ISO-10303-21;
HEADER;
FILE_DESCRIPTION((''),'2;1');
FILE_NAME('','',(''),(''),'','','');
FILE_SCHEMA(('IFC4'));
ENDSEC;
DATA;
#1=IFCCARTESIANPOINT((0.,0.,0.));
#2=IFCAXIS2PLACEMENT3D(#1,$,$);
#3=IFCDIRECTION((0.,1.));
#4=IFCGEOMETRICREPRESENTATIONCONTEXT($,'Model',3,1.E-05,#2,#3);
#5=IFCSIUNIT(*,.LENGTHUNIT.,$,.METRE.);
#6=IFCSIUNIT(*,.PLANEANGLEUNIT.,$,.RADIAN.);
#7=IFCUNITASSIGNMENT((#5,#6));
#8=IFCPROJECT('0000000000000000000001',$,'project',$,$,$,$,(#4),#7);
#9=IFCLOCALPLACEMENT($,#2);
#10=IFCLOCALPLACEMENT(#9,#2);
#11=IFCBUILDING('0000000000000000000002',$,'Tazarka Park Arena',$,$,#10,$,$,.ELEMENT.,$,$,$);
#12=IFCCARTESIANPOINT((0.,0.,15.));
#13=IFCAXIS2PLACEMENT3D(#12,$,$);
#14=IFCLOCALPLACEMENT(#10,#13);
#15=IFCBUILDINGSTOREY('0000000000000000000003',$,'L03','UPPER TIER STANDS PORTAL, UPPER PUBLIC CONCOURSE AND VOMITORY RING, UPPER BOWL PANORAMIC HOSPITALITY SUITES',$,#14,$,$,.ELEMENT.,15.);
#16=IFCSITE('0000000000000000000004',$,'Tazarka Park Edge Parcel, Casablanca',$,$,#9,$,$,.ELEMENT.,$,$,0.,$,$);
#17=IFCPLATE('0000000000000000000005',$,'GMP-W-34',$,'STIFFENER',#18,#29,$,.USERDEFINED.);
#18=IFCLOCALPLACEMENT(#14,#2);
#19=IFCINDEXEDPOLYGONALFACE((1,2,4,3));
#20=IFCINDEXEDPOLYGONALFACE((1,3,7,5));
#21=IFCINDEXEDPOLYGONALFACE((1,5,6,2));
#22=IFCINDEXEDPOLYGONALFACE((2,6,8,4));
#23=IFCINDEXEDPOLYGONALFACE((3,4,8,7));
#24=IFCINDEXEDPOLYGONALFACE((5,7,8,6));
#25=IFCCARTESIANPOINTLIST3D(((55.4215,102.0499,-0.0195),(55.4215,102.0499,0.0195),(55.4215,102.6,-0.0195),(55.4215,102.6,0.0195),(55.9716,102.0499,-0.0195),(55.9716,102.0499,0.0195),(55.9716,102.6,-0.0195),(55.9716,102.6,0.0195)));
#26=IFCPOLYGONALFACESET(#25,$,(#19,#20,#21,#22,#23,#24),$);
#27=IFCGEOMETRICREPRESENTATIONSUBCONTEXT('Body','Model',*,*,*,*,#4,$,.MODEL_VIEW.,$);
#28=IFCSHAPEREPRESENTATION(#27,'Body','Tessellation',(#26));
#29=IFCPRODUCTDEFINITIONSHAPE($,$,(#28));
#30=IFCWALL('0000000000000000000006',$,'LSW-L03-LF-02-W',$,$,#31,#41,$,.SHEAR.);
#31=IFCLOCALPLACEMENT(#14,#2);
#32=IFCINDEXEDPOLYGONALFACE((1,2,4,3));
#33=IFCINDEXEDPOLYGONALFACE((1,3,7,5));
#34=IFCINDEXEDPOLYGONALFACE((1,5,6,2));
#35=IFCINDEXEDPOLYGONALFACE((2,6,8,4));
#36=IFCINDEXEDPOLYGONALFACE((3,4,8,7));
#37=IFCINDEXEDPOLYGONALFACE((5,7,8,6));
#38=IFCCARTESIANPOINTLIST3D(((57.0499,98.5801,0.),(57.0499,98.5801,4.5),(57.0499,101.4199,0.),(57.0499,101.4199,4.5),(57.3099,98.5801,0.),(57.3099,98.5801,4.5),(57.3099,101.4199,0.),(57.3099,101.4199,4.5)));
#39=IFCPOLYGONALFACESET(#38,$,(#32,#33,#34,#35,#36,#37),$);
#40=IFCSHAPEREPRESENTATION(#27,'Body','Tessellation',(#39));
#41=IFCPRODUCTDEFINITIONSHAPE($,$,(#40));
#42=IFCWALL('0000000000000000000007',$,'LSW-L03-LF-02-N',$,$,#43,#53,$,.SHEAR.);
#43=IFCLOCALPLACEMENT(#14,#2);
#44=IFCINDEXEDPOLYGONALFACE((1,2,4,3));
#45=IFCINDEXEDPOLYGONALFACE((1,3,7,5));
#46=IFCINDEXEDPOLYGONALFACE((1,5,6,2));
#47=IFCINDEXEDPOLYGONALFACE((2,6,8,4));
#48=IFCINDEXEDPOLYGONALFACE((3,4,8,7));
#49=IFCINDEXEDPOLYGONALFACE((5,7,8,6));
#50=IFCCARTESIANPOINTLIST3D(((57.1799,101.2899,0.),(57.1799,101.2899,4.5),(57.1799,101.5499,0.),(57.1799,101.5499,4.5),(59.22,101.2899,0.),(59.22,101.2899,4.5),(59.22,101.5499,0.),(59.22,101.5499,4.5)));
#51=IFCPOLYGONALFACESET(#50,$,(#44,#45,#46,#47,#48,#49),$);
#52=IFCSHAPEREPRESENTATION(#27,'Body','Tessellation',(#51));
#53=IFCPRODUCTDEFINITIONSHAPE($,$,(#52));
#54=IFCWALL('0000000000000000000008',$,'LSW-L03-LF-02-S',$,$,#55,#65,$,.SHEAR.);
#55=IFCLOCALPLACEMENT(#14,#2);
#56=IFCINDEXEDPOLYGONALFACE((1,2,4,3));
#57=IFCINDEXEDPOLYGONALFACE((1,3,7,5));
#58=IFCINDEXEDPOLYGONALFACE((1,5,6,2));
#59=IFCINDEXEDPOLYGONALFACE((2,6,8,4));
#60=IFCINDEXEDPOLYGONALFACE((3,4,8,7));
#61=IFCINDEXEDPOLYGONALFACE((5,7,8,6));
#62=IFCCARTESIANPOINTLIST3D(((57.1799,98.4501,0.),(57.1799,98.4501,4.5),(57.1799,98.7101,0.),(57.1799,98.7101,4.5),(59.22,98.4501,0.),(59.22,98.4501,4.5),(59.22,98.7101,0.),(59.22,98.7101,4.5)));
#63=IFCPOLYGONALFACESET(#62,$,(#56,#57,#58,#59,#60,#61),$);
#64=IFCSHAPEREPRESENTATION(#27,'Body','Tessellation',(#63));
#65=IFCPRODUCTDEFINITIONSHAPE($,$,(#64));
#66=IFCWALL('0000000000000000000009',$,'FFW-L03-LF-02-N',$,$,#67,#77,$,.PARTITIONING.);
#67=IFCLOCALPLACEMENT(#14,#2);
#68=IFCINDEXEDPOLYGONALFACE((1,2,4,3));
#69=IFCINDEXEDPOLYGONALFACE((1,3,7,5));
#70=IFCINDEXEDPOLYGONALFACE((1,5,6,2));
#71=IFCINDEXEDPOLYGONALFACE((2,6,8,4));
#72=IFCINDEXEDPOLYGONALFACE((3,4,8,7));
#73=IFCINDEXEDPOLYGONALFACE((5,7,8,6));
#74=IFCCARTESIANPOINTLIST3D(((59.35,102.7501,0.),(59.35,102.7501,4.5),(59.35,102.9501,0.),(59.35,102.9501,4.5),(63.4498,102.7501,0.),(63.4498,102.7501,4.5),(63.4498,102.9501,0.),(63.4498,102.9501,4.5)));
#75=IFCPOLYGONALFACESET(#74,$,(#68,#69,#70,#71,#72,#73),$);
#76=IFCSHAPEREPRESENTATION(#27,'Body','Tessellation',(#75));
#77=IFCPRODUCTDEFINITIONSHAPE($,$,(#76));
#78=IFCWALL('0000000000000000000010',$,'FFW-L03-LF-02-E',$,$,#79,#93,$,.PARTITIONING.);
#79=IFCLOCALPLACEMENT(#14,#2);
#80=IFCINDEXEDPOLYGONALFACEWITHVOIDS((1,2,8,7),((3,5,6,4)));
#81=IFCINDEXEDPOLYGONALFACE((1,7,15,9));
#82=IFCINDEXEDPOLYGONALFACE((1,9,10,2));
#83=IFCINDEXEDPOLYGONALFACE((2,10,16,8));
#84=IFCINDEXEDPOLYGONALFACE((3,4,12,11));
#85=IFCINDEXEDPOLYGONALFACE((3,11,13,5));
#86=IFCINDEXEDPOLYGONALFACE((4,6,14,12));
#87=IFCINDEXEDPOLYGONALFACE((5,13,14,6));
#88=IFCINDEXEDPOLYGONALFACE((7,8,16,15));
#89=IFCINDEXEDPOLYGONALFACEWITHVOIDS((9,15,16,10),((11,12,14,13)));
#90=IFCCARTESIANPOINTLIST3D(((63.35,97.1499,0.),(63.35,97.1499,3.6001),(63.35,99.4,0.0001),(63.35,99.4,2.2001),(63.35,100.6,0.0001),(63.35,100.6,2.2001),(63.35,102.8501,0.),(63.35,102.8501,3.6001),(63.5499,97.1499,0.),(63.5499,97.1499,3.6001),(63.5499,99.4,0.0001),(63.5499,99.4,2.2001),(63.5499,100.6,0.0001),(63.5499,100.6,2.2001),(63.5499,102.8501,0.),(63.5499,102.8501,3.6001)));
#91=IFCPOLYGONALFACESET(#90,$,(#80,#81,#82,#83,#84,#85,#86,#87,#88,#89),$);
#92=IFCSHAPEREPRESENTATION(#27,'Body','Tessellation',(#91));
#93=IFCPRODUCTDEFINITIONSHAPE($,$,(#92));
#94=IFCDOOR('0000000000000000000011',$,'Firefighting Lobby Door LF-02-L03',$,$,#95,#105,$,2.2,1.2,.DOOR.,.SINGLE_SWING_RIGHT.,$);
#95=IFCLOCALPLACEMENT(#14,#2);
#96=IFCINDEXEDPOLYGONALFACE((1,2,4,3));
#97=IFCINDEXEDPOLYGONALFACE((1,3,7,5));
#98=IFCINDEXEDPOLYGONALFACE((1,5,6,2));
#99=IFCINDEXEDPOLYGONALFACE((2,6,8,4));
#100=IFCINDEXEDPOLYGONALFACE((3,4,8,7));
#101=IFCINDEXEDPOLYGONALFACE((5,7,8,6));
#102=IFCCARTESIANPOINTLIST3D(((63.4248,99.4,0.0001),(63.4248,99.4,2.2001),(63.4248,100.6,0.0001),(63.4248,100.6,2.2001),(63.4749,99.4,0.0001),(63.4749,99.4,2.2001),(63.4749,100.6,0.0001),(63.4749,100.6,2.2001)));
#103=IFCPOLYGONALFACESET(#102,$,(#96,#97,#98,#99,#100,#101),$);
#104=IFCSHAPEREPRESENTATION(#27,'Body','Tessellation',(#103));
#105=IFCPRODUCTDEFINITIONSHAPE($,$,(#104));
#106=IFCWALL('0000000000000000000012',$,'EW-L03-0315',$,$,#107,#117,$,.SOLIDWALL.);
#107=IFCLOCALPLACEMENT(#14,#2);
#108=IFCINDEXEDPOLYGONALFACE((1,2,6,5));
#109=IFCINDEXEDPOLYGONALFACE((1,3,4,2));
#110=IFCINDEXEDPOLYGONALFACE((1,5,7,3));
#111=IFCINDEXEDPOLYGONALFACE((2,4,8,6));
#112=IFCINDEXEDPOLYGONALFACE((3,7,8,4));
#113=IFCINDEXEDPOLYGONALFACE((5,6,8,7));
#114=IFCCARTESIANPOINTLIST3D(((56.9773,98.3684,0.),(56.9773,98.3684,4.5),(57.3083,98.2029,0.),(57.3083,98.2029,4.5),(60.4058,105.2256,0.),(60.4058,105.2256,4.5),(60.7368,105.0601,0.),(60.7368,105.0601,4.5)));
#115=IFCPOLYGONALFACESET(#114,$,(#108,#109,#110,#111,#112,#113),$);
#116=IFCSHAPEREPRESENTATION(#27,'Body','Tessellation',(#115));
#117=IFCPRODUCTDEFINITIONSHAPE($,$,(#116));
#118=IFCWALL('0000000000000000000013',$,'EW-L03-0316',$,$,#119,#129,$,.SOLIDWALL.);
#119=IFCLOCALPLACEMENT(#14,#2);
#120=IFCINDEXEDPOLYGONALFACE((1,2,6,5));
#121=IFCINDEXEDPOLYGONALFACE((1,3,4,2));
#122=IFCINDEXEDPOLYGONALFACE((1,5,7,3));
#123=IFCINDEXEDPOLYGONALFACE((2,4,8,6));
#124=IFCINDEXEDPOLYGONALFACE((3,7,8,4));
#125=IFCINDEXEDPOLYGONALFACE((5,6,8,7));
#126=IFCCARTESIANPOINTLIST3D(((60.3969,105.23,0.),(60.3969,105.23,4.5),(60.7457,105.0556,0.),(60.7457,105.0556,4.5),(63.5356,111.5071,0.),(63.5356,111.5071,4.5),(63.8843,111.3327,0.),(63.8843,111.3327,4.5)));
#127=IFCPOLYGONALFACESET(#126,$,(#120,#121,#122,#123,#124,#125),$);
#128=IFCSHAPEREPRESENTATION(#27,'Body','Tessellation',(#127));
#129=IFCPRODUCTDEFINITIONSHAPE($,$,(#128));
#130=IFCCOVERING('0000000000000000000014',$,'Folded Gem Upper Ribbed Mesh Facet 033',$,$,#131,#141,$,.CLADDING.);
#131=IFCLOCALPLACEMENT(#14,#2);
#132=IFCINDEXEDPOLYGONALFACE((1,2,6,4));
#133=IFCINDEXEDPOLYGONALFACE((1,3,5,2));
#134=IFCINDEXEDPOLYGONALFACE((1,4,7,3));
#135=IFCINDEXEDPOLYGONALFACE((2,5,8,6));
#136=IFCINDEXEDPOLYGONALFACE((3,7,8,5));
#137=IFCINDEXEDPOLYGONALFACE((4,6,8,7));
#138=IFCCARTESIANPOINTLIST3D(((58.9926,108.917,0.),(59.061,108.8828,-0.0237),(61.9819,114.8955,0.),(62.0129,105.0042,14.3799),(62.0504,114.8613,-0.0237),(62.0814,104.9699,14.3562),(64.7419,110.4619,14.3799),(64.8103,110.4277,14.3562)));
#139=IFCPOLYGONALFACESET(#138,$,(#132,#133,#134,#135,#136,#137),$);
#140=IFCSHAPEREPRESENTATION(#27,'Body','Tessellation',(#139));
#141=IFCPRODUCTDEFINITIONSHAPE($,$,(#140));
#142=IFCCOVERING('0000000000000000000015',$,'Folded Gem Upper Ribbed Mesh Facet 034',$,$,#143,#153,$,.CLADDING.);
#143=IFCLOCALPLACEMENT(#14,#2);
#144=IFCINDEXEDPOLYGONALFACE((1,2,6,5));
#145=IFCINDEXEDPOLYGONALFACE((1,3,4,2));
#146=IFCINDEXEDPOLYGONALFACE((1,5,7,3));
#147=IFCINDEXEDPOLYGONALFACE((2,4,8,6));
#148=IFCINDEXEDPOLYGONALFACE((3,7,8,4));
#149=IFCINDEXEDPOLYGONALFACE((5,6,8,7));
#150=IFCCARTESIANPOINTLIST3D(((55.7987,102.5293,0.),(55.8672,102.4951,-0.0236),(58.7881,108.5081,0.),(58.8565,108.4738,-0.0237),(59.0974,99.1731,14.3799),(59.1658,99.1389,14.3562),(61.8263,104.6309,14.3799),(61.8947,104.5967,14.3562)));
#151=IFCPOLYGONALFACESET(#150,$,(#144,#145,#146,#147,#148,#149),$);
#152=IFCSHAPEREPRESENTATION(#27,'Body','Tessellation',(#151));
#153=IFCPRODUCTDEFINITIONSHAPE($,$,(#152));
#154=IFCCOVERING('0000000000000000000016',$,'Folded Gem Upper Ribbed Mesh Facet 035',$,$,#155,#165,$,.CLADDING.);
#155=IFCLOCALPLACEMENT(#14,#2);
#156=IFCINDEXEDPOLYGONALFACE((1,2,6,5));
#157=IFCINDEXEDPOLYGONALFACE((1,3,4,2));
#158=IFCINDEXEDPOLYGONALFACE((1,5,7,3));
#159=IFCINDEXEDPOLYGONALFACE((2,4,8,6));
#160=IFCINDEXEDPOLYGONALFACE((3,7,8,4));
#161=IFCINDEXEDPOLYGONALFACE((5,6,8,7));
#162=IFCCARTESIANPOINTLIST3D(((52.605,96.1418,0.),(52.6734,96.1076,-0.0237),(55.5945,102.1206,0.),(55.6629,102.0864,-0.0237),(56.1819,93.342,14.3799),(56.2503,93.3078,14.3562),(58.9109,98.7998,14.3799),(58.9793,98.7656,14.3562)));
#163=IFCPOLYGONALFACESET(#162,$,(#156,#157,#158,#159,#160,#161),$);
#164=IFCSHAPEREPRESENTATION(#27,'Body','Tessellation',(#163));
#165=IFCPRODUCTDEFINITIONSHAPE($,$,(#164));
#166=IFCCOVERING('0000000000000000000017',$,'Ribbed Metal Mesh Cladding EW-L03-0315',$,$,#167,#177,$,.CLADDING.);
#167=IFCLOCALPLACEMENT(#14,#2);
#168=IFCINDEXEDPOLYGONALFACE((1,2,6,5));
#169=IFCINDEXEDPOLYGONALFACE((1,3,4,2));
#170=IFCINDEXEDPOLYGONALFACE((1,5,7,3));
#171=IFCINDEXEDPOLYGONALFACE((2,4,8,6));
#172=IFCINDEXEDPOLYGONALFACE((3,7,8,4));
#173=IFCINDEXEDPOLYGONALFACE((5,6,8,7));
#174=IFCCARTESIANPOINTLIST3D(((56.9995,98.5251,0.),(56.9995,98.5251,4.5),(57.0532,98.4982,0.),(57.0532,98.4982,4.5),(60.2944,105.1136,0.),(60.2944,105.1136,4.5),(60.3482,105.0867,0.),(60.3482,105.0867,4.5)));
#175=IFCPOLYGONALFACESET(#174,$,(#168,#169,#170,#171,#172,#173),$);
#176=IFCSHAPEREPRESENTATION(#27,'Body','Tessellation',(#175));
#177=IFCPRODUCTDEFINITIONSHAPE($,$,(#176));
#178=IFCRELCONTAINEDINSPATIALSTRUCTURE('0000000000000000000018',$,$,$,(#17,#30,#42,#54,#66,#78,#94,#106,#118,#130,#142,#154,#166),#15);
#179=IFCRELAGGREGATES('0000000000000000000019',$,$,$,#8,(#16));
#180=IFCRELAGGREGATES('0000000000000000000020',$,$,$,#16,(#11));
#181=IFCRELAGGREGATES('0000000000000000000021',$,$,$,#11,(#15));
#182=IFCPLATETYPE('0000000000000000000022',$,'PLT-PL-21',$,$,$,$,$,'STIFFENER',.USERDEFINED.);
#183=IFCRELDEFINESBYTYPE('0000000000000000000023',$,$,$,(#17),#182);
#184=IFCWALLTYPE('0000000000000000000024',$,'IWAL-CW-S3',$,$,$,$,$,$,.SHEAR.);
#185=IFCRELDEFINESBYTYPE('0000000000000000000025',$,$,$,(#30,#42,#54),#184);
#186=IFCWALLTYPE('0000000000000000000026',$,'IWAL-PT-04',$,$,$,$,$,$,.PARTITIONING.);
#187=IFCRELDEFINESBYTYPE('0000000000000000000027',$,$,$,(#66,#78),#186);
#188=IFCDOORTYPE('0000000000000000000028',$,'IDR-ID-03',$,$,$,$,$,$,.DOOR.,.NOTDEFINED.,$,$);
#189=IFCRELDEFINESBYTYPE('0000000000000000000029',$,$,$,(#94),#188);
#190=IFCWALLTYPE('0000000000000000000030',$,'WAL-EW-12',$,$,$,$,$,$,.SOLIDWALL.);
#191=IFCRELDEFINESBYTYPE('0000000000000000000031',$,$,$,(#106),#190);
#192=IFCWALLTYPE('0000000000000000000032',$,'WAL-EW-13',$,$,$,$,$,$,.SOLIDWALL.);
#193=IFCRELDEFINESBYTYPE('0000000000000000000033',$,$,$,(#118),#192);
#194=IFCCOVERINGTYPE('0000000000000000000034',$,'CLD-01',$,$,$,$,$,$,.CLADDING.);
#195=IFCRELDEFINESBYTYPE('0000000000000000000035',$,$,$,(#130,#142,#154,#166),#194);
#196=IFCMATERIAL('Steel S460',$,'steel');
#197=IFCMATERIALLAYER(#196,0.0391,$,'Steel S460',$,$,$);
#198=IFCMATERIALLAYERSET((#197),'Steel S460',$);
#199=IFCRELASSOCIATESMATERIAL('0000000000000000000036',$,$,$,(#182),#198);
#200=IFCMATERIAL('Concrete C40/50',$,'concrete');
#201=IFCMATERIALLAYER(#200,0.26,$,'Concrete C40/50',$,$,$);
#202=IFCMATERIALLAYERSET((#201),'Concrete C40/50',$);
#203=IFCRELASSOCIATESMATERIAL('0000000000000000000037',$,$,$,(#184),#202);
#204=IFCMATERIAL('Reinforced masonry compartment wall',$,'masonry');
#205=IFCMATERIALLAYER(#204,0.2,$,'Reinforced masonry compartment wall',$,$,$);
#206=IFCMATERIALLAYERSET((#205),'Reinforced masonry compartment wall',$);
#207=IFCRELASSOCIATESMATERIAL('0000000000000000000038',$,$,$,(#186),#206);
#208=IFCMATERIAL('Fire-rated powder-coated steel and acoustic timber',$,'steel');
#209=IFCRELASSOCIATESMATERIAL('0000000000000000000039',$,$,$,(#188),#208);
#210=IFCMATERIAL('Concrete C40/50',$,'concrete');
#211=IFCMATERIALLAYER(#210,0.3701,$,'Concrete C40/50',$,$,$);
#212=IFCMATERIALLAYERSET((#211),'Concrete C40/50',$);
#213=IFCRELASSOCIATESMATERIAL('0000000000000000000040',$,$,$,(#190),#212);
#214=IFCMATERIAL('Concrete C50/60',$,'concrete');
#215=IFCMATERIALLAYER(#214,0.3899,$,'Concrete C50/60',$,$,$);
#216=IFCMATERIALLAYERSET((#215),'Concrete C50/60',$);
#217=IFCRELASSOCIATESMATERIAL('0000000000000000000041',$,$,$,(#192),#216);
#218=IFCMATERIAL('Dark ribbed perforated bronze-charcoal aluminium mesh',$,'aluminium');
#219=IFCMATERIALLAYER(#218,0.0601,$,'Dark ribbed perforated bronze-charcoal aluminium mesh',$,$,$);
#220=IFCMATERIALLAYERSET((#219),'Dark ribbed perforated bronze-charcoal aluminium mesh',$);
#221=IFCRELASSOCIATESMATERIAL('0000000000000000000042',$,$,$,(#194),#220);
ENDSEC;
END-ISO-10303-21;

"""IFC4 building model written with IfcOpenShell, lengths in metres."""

from ifc_helpers import new_model, si_unit, direction, frame, frame_2d, origin, origin_2d, place, context, subcontext, project, spatial, polyline, rectangle, outline, extrude, material, layer, layer_set, type_object, element, fill, save


model = new_model("IFC4")

# Units and contexts
model_context = context("Model", 3, precision=1e-05, world=origin(), true_north=direction((0.0, 1.0)))
body_context = subcontext(model_context, "Body", "Model", "MODEL_VIEW")
ifc_project = project(units=[si_unit("LENGTHUNIT", "METRE"), si_unit("PLANEANGLEUNIT", "RADIAN")], contexts=[model_context])

# Site, building, storey
site_placement = place(None, origin())
site = spatial("IfcSite", under=ifc_project, at=site_placement, Name="Tazarka Park Edge Parcel, Casablanca", CompositionType="ELEMENT", RefElevation=0.0)
building_placement = place(site_placement, origin())
building = spatial("IfcBuilding", under=site, at=building_placement, Name="Tazarka Park Arena", CompositionType="ELEMENT")
storey_placement = place(building_placement, frame((0.0, 0.0, 15.0)))
storey = spatial("IfcBuildingStorey", under=building, at=storey_placement, Name="L03", Description="UPPER TIER STANDS PORTAL, UPPER PUBLIC CONCOURSE AND VOMITORY RING, UPPER BOWL PANORAMIC HOSPITALITY SUITES", CompositionType="ELEMENT", Elevation=15.0)

# Plate
ifc_material_1 = material(Name="Steel S460", Category="steel")
ifc_layer_1 = layer(ifc_material_1, 0.0391, Name="Steel S460")
ifc_layer_set_1 = layer_set([ifc_layer_1], Name="Steel S460")
plate_type_1 = type_object("IfcPlateType", Name="PLT-PL-21", ElementType="STIFFENER", PredefinedType="USERDEFINED", material=ifc_layer_set_1)
plate_1_placement = place(storey_placement, frame((55.6965, 102.325, -0.0195), z_axis=(0.0, 0.0, 1.0), x_axis=(1.0, 0.0, 0.0)))
element("IfcPlate", 1, at=plate_1_placement, inside=storey, type_object=plate_type_1, Name="GMP-W-34", ObjectType="STIFFENER", PredefinedType="USERDEFINED", context=body_context, shape_type="SweptSolid", body=[
    extrude(rectangle(XDim=0.55, YDim=0.55, at=origin_2d()), origin(), (0.0, 0.0, 1.0), 0.0391),
])

# Walls
ifc_material_2 = material(Name="Concrete C40/50", Category="concrete")
ifc_layer_2 = layer(ifc_material_2, 0.26, Name="Concrete C40/50")
ifc_layer_set_2 = layer_set([ifc_layer_2], Name="Concrete C40/50")
wall_type_1 = type_object("IfcWallType", Name="IWAL-CW-S3", PredefinedType="SHEAR", material=ifc_layer_set_2)
wall_1_placement = place(storey_placement, frame((57.1799, 98.5801, 0.0), z_axis=(0.0, 0.0, 1.0), x_axis=(0.0, 1.0, 0.0)))
element("IfcWall", 2, at=wall_1_placement, inside=storey, type_object=wall_type_1, Name="LSW-L03-LF-02-W", PredefinedType="SHEAR", context=body_context, shape_type="SweptSolid", body=[
    extrude(rectangle(XDim=2.8398, YDim=0.26, at=frame_2d((1.4199, 0.0))), origin(), (0.0, 0.0, 1.0), 4.5),
])
for number, where, z_axis, x_axis, name in (
    (3, (57.1799, 101.4199, 0.0), (0.0, 0.0, 1.0), (1.0, 0.0, 0.0), "LSW-L03-LF-02-N"),
    (4, (59.22, 98.5801, 0.0), (0.0, 0.0, 1.0), (-1.0, 0.0, 0.0), "LSW-L03-LF-02-S"),
):
    element("IfcWall", number, at=place(storey_placement, frame(where, z_axis=z_axis, x_axis=x_axis)), inside=storey, type_object=wall_type_1, Name=name, PredefinedType="SHEAR", context=body_context, shape_type="SweptSolid", body=[
        extrude(rectangle(XDim=2.04, YDim=0.26, at=frame_2d((1.02, 0.0))), origin(), (0.0, 0.0, 1.0), 4.5),
    ])

# Wall
ifc_material_3 = material(Name="Reinforced masonry compartment wall", Category="masonry")
ifc_layer_3 = layer(ifc_material_3, 0.2, Name="Reinforced masonry compartment wall")
ifc_layer_set_3 = layer_set([ifc_layer_3], Name="Reinforced masonry compartment wall")
wall_type_2 = type_object("IfcWallType", Name="IWAL-PT-04", PredefinedType="PARTITIONING", material=ifc_layer_set_3)
wall_2_placement = place(storey_placement, frame((59.3501, 102.8501, 0.0), z_axis=(0.0, 0.0, 1.0), x_axis=(1.0, 0.0, 0.0)))
element("IfcWall", 5, at=wall_2_placement, inside=storey, type_object=wall_type_2, Name="FFW-L03-LF-02-N", PredefinedType="PARTITIONING", context=body_context, shape_type="SweptSolid", body=[
    extrude(rectangle(XDim=4.0999, YDim=0.2, at=frame_2d((2.0498, 0.0))), origin(), (0.0, 0.0, 1.0), 4.5),
])

# Wall, opening, door
wall_3_placement = place(storey_placement, frame((63.45, 102.8501, 0.0), z_axis=(0.0, 0.0, 1.0), x_axis=(0.0, -1.0, 0.0)))
wall_3 = element("IfcWall", 6, at=wall_3_placement, inside=storey, type_object=wall_type_2, Name="FFW-L03-LF-02-E", PredefinedType="PARTITIONING", context=body_context, shape_type="SweptSolid", body=[
    extrude(rectangle(XDim=5.7002, YDim=0.2, at=frame_2d((2.8501, 0.0))), origin(), (0.0, 0.0, 1.0), 3.6001),
])
opening_1_placement = place(wall_3_placement, frame((2.25, 0.0, 0.0)))
opening_1 = element("IfcOpeningElement", 7, at=opening_1_placement, cuts=wall_3, PredefinedType="OPENING", context=body_context, shape_type="SweptSolid", body=[
    extrude(rectangle(XDim=1.2, YDim=2.2, at=frame_2d((0.6001, 1.1001))), frame((0.0, 0.1099, 0.0), z_axis=(0.0, -1.0, 0.0), x_axis=(1.0, 0.0, 0.0)), (0.0, 0.0, 1.0), 0.22),
])
ifc_material_4 = material(Name="Fire-rated powder-coated steel and acoustic timber", Category="steel")
door_type_1 = type_object("IfcDoorType", Name="IDR-ID-03", OperationType="NOTDEFINED", PredefinedType="DOOR", material=ifc_material_4)
door_1_placement = place(opening_1_placement, origin())
door_1 = element("IfcDoor", 8, at=door_1_placement, inside=storey, type_object=door_type_1, Name="Firefighting Lobby Door LF-02-L03", OperationType="SINGLE_SWING_RIGHT", OverallHeight=2.2, OverallWidth=1.2, PredefinedType="DOOR", context=body_context, shape_type="SweptSolid", body=[
    extrude(rectangle(XDim=1.2, YDim=2.2, at=frame_2d((0.6001, 1.1001))), frame((0.0, 0.0249, 0.0), z_axis=(0.0, -1.0, 0.0), x_axis=(1.0, 0.0, 0.0)), (0.0, 0.0, 1.0), 0.05),
])
fill(opening_1, door_1)

# Walls
ifc_material_5 = material(Name="Concrete C40/50", Category="concrete")
ifc_layer_4 = layer(ifc_material_5, 0.3701, Name="Concrete C40/50")
ifc_layer_set_4 = layer_set([ifc_layer_4], Name="Concrete C40/50")
wall_type_3 = type_object("IfcWallType", Name="WAL-EW-12", PredefinedType="SOLIDWALL", material=ifc_layer_set_4)
wall_4_placement = place(storey_placement, frame((57.1428, 98.2856, 0.0), z_axis=(0.0, 0.0, 1.0), x_axis=(0.447201, 0.894434, 0.0)))
element("IfcWall", 9, at=wall_4_placement, inside=storey, type_object=wall_type_3, Name="EW-L03-0315", PredefinedType="SOLIDWALL", context=body_context, shape_type="SweptSolid", body=[
    extrude(rectangle(XDim=7.6665, YDim=0.3701, at=frame_2d((3.8333, 0.0))), origin(), (0.0, 0.0, 1.0), 4.5),
])
ifc_material_6 = material(Name="Concrete C50/60", Category="concrete")
ifc_layer_5 = layer(ifc_material_6, 0.3899, Name="Concrete C50/60")
ifc_layer_set_5 = layer_set([ifc_layer_5], Name="Concrete C50/60")
wall_type_4 = type_object("IfcWallType", Name="WAL-EW-13", PredefinedType="SOLIDWALL", material=ifc_layer_set_5)
wall_5_placement = place(storey_placement, frame((60.5713, 105.1428, 0.0), z_axis=(0.0, 0.0, 1.0), x_axis=(0.447228, 0.89442, 0.0)))
element("IfcWall", 10, at=wall_5_placement, inside=storey, type_object=wall_type_4, Name="EW-L03-0316", PredefinedType="SOLIDWALL", context=body_context, shape_type="SweptSolid", body=[
    extrude(rectangle(XDim=7.0181, YDim=0.3899, at=frame_2d((3.509, 0.0))), origin(), (0.0, 0.0, 1.0), 4.5),
])

# Coverings
ifc_material_7 = material(Name="Dark ribbed perforated bronze-charcoal aluminium mesh", Category="aluminium")
ifc_layer_6 = layer(ifc_material_7, 0.0601, Name="Dark ribbed perforated bronze-charcoal aluminium mesh")
ifc_layer_set_6 = layer_set([ifc_layer_6], Name="Dark ribbed perforated bronze-charcoal aluminium mesh")
covering_type = type_object("IfcCoveringType", Name="CLD-01", PredefinedType="CLADDING", material=ifc_layer_set_6)
covering_1_placement = place(storey_placement, frame((61.9819, 114.8955, 0.0), z_axis=(-0.854423, 0.42722, 0.29571), x_axis=(-0.447221, -0.894424, 0.000002)))
element("IfcCovering", 11, at=covering_1_placement, inside=storey, type_object=covering_type, Name="Folded Gem Upper Ribbed Mesh Facet 033", PredefinedType="CLADDING", context=body_context, shape_type="SweptSolid", body=[
    extrude(outline(polyline([(0.0, 0.0), (6.6842, 0.0), (8.8332, 15.0531), (2.7312, 15.0531), (0.0, 0.0)])), origin(), (0.0, 0.0, -1.0), 0.0801),
])
covering_2_placement = place(storey_placement, frame((58.7881, 108.5081, 0.0), z_axis=(-0.854426, 0.427213, 0.295713), x_axis=(-0.447212, -0.894428, 0.000005)))
element("IfcCovering", 12, at=covering_2_placement, inside=storey, type_object=covering_type, Name="Folded Gem Upper Ribbed Mesh Facet 034", PredefinedType="CLADDING", context=body_context, shape_type="SweptSolid", body=[
    extrude(outline(polyline([(0.0, 0.0), (6.6844, 0.0), (8.2112, 15.0531), (2.1092, 15.0531), (0.0, 0.0)])), origin(), (0.0, 0.0, -1.0), 0.0801),
])
covering_3_placement = place(storey_placement, frame((55.5945, 102.1206, 0.0), z_axis=(-0.854418, 0.427227, 0.295714), x_axis=(-0.447229, -0.89442, 0.0)))
element("IfcCovering", 13, at=covering_3_placement, inside=storey, type_object=covering_type, Name="Folded Gem Upper Ribbed Mesh Facet 035", PredefinedType="CLADDING", context=body_context, shape_type="SweptSolid", body=[
    extrude(outline(polyline([(0.0, 0.0), (6.6845, 0.0), (7.589, 15.0531), (1.487, 15.0531), (0.0, 0.0)])), origin(), (0.0, 0.0, -1.0), 0.0801),
])
covering_4_placement = place(storey_placement, frame((58.6738, 101.8059, 0.0), z_axis=(0.0, 0.0, 1.0), x_axis=(0.447291, 0.894389, 0.0)))
element("IfcCovering", 14, at=covering_4_placement, inside=storey, type_object=covering_type, Name="Ribbed Metal Mesh Cladding EW-L03-0315", PredefinedType="CLADDING", context=body_context, shape_type="SweptSolid", body=[
    extrude(rectangle(XDim=7.3665, YDim=0.0601, at=origin_2d()), origin(), (0.0, 0.0, 1.0), 4.5),
])

save(model, "model.ifc")
